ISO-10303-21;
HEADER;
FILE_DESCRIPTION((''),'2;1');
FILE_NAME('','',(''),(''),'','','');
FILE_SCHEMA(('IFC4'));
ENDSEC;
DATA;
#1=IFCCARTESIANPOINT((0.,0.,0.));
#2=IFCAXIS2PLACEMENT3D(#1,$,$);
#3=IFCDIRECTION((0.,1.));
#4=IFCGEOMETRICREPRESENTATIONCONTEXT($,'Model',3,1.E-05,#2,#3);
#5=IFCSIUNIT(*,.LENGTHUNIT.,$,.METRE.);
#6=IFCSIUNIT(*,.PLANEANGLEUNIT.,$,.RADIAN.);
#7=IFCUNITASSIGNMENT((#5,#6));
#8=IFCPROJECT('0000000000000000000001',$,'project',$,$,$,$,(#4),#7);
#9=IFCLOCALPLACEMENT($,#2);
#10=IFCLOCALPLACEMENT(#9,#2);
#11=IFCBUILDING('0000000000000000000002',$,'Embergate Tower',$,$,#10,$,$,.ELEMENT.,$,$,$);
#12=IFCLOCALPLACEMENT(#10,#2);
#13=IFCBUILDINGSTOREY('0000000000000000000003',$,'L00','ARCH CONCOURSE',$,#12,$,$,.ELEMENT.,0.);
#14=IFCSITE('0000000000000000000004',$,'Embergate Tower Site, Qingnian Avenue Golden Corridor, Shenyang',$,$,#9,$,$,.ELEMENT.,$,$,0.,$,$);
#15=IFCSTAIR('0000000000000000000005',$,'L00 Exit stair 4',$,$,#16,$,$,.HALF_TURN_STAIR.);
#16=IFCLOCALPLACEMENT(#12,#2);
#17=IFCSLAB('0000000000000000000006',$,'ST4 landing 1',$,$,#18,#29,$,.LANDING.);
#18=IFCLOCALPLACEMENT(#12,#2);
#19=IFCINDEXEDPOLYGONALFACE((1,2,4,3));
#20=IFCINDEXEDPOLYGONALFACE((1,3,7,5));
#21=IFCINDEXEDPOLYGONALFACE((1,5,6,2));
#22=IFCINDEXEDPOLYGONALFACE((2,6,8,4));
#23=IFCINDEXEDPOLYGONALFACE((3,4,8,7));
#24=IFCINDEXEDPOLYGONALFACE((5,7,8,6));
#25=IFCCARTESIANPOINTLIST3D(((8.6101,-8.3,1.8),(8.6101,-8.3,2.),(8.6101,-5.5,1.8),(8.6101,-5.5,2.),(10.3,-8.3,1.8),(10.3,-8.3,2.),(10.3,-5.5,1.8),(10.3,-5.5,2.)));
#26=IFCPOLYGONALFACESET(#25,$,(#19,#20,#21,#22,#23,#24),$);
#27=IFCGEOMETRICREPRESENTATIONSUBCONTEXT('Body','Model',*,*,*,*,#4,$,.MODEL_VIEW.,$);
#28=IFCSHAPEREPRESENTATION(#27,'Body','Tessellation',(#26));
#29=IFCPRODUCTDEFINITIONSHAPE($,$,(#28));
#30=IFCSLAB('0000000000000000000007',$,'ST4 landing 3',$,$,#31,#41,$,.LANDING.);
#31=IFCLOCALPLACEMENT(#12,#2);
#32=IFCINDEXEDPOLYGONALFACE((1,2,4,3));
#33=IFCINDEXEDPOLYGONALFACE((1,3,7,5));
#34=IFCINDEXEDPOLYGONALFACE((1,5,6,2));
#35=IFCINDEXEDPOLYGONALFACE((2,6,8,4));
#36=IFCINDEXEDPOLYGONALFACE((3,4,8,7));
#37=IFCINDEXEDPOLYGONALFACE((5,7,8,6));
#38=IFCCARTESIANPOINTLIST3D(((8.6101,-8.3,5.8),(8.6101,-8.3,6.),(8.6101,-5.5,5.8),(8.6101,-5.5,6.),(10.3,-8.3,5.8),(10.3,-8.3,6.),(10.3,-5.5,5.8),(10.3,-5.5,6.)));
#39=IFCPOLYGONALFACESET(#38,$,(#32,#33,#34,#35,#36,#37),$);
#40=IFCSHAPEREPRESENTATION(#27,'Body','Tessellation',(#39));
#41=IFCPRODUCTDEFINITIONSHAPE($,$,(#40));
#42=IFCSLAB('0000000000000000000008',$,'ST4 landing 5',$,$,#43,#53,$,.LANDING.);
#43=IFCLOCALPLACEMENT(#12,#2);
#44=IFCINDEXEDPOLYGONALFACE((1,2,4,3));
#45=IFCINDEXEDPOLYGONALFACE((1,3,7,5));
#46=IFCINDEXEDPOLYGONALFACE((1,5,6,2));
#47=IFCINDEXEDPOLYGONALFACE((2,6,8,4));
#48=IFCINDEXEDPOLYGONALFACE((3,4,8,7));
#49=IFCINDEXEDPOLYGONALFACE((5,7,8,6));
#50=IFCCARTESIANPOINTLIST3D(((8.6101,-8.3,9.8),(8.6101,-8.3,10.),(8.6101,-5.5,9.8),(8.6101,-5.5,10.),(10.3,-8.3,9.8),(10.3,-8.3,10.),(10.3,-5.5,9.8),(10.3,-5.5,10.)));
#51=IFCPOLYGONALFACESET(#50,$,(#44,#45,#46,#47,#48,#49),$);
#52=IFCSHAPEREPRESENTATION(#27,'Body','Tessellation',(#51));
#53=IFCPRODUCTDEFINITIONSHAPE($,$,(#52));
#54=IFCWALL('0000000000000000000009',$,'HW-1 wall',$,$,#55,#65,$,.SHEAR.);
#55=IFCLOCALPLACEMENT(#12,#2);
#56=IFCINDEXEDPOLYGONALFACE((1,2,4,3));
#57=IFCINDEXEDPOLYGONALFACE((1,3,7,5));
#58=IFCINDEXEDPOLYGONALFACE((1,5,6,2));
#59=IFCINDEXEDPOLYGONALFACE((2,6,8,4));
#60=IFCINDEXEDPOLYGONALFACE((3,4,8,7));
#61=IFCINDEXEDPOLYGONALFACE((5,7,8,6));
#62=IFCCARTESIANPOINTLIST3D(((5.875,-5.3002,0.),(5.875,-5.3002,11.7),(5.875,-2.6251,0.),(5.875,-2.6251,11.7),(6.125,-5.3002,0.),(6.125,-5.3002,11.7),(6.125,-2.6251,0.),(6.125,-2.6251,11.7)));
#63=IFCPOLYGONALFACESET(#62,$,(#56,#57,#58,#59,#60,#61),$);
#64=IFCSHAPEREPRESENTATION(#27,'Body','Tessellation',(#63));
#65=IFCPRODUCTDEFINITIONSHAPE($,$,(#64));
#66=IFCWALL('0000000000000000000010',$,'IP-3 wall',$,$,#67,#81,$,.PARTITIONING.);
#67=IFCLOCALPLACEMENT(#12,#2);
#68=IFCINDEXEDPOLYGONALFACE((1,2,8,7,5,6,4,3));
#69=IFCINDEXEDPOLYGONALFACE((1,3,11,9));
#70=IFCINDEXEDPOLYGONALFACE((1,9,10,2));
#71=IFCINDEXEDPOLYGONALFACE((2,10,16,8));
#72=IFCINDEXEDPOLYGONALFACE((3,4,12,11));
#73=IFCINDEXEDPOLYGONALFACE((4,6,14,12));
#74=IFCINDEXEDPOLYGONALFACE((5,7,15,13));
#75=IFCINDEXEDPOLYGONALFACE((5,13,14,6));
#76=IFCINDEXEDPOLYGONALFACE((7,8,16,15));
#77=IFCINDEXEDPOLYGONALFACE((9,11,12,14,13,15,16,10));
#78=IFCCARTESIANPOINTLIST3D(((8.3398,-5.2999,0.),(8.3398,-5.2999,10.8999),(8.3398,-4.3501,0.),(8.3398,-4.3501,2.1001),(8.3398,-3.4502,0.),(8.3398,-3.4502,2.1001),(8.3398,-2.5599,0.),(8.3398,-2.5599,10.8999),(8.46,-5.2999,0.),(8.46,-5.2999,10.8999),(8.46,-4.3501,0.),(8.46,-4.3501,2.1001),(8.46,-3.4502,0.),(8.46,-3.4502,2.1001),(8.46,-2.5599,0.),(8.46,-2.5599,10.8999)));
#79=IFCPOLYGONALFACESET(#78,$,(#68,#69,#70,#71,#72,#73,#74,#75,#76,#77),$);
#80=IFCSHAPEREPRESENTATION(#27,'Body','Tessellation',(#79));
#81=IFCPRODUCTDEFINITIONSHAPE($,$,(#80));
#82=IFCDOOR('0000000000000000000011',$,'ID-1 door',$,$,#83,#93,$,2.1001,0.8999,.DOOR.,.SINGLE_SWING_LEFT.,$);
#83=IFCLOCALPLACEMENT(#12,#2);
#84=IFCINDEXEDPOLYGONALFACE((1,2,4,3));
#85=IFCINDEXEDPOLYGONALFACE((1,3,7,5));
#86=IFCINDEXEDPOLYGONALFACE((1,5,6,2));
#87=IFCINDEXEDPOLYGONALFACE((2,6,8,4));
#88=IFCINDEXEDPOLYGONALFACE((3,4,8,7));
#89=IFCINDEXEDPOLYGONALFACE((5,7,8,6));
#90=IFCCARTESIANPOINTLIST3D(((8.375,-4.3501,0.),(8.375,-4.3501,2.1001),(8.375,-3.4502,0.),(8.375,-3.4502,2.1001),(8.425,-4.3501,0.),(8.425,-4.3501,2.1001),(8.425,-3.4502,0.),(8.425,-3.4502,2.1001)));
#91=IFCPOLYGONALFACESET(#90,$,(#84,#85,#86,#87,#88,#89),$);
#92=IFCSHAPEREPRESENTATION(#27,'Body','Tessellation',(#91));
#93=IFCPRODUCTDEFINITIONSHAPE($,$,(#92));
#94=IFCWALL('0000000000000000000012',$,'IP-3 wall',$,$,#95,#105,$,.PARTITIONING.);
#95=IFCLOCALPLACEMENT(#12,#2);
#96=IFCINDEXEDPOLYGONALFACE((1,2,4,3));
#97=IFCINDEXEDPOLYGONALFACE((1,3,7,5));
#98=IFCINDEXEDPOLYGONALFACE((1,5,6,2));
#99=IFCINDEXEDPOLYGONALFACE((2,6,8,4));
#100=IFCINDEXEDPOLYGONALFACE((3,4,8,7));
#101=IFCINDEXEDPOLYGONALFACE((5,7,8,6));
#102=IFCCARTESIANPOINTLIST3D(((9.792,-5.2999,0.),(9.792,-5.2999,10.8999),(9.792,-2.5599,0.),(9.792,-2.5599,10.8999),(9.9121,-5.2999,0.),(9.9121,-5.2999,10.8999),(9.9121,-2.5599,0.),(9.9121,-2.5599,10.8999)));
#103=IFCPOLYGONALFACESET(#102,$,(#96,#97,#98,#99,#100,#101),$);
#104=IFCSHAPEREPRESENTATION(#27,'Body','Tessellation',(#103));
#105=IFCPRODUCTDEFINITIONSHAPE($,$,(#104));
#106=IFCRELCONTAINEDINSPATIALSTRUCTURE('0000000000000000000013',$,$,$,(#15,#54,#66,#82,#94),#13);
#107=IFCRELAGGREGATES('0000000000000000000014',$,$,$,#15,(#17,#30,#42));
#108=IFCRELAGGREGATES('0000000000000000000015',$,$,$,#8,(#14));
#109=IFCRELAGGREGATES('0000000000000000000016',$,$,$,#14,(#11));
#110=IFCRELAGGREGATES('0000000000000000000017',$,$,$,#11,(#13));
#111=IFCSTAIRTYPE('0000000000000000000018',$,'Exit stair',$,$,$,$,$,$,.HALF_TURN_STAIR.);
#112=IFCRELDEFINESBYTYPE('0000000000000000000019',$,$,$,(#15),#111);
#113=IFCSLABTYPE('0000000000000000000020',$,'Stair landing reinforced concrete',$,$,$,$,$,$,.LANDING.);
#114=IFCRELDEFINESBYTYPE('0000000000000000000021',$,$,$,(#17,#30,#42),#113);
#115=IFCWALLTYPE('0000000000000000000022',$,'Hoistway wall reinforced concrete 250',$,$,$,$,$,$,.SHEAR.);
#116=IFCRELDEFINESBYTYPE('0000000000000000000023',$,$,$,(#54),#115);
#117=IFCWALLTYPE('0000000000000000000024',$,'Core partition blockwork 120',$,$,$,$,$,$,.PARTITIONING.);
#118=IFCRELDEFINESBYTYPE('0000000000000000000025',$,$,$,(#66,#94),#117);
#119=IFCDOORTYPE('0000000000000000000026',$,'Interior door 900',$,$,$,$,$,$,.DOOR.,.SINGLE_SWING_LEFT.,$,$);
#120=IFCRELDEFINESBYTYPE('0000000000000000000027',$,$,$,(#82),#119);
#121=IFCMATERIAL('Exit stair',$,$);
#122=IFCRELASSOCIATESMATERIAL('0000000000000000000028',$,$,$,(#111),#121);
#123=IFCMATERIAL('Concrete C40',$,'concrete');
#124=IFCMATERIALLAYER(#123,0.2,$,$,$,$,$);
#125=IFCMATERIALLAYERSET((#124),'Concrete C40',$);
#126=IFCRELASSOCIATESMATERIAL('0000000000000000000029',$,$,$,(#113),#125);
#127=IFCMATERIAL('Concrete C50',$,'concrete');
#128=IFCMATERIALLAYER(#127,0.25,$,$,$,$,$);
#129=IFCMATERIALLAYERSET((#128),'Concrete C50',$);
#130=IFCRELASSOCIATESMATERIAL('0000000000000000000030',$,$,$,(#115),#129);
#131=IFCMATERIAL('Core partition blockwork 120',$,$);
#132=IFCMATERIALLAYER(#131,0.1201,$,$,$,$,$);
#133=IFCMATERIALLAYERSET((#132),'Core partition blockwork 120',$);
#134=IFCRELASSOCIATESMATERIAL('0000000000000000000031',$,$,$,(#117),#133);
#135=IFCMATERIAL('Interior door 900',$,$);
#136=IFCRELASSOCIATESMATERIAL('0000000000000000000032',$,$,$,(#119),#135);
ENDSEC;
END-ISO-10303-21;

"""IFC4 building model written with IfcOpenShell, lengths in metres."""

from ifc_helpers import new_model, si_unit, direction, frame, frame_2d, origin, place, context, subcontext, project, spatial, polyline, rectangle, outline, extrude, source, transform, mapped, material, layer, layer_set, type_object, element, fill, aggregate, save


model = new_model("IFC4")

# Units and contexts
model_context = context("Model", 3, precision=1e-05, world=origin(), true_north=direction((0.0, 1.0)))
body_context = subcontext(model_context, "Body", "Model", "MODEL_VIEW")
ifc_project = project(units=[si_unit("LENGTHUNIT", "METRE"), si_unit("PLANEANGLEUNIT", "RADIAN")], contexts=[model_context])

# Site, building, storey
site_placement = place(None, origin())
site = spatial("IfcSite", under=ifc_project, at=site_placement, Name="Embergate Tower Site, Qingnian Avenue Golden Corridor, Shenyang", CompositionType="ELEMENT", RefElevation=0.0)
building_placement = place(site_placement, origin())
building = spatial("IfcBuilding", under=site, at=building_placement, Name="Embergate Tower", CompositionType="ELEMENT")
storey_placement = place(building_placement, origin())
storey = spatial("IfcBuildingStorey", under=building, at=storey_placement, Name="L00", Description="ARCH CONCOURSE", CompositionType="ELEMENT", Elevation=0.0)

# Stair, slabs
ifc_material_1 = material(Name="Exit stair")
stair_type = type_object("IfcStairType", Name="Exit stair", PredefinedType="HALF_TURN_STAIR", material=ifc_material_1)
stair_placement = place(storey_placement, origin())
stair = element("IfcStair", 1, at=stair_placement, inside=storey, type_object=stair_type, Name="L00 Exit stair 4", PredefinedType="HALF_TURN_STAIR")
ifc_material_2 = material(Name="Concrete C40", Category="concrete")
ifc_layer_1 = layer(ifc_material_2, 0.2)
ifc_layer_set_1 = layer_set([ifc_layer_1], Name="Concrete C40")
slab_type = type_object("IfcSlabType", Name="Stair landing reinforced concrete", PredefinedType="LANDING", material=ifc_layer_set_1)
shared_shape_1 = source(origin(), body_context, "Body", "SweptSolid", [
    extrude(outline(polyline([(0.0, 0.0), (1.6899, 0.0), (1.6899, 2.8), (0.0, 2.8), (0.0, 0.0)])), origin(), (0.0, 0.0, 1.0), 0.2),
])
slab_1_placement = place(storey_placement, frame((8.6101, -8.3, 1.8)))
slab_1 = element("IfcSlab", 2, at=slab_1_placement, type_object=slab_type, Name="ST4 landing 1", PredefinedType="LANDING", context=body_context, shape_type="MappedRepresentation", body=[
    mapped(shared_shape_1, transform((0.0, 0.0, 0.0))),
])
slab_2_placement = place(storey_placement, frame((8.6101, -8.3, 5.8)))
slab_2 = element("IfcSlab", 3, at=slab_2_placement, type_object=slab_type, Name="ST4 landing 3", PredefinedType="LANDING", context=body_context, shape_type="MappedRepresentation", body=[
    mapped(shared_shape_1, transform((0.0, 0.0, 0.0))),
])
slab_3_placement = place(storey_placement, frame((8.6101, -8.3, 9.8)))
slab_3 = element("IfcSlab", 4, at=slab_3_placement, type_object=slab_type, Name="ST4 landing 5", PredefinedType="LANDING", context=body_context, shape_type="MappedRepresentation", body=[
    mapped(shared_shape_1, transform((0.0, 0.0, 0.0))),
])

# Wall
ifc_material_3 = material(Name="Concrete C50", Category="concrete")
ifc_layer_2 = layer(ifc_material_3, 0.25)
ifc_layer_set_2 = layer_set([ifc_layer_2], Name="Concrete C50")
wall_type_1 = type_object("IfcWallType", Name="Hoistway wall reinforced concrete 250", PredefinedType="SHEAR", material=ifc_layer_set_2)
shared_shape_2 = source(origin(), body_context, "Body", "SweptSolid", [
    extrude(rectangle(XDim=2.675, YDim=0.25, at=frame_2d((1.3374, 0.0))), origin(), (0.0, 0.0, 1.0), 11.7),
])
wall_1_placement = place(storey_placement, frame((6.0, -5.3, 0.0), z_axis=(0.0, 0.0, 1.0), x_axis=(0.0, 1.0, 0.0)))
element("IfcWall", 5, at=wall_1_placement, inside=storey, type_object=wall_type_1, Name="HW-1 wall", PredefinedType="SHEAR", context=body_context, shape_type="MappedRepresentation", body=[
    mapped(shared_shape_2, transform((0.0, 0.0, 0.0))),
])

# Wall, opening, door
ifc_material_4 = material(Name="Core partition blockwork 120")
ifc_layer_3 = layer(ifc_material_4, 0.1201)
ifc_layer_set_3 = layer_set([ifc_layer_3], Name="Core partition blockwork 120")
wall_type_2 = type_object("IfcWallType", Name="Core partition blockwork 120", PredefinedType="PARTITIONING", material=ifc_layer_set_3)
shared_shape_3 = source(origin(), body_context, "Body", "SweptSolid", [
    extrude(rectangle(XDim=2.74, YDim=0.1201, at=frame_2d((1.3701, 0.0))), origin(), (0.0, 0.0, 1.0), 10.8999),
])
wall_2_placement = place(storey_placement, frame((8.3999, -5.3, 0.0), z_axis=(0.0, 0.0, 1.0), x_axis=(0.0, 1.0, 0.0)))
wall_2 = element("IfcWall", 6, at=wall_2_placement, inside=storey, type_object=wall_type_2, Name="IP-3 wall", PredefinedType="PARTITIONING", context=body_context, shape_type="MappedRepresentation", body=[
    mapped(shared_shape_3, transform((0.0, 0.0, 0.0))),
])
shared_shape_4 = source(origin(), body_context, "Body", "SweptSolid", [
    extrude(rectangle(XDim=0.8999, YDim=2.1001, at=frame_2d((0.45, 1.05))), frame((0.0, 0.0701, 0.0), z_axis=(0.0, -1.0, 0.0), x_axis=(1.0, 0.0, 0.0)), (0.0, 0.0, 1.0), 0.1401),
])
opening_1_placement = place(wall_2_placement, frame((0.95, 0.0, 0.0)))
opening_1 = element("IfcOpeningElement", 7, at=opening_1_placement, cuts=wall_2, PredefinedType="OPENING", context=body_context, shape_type="MappedRepresentation", body=[
    mapped(shared_shape_4, transform((0.0, 0.0, 0.0))),
])
ifc_material_5 = material(Name="Interior door 900")
door_type_1 = type_object("IfcDoorType", Name="Interior door 900", OperationType="SINGLE_SWING_LEFT", PredefinedType="DOOR", material=ifc_material_5)
shared_shape_5 = source(origin(), body_context, "Body", "SweptSolid", [
    extrude(rectangle(XDim=0.8999, YDim=2.1001, at=frame_2d((0.45, 1.05))), frame((0.0, 0.0249, 0.0), z_axis=(0.0, -1.0, 0.0), x_axis=(1.0, 0.0, 0.0)), (0.0, 0.0, 1.0), 0.05),
])
door_1_placement = place(opening_1_placement, origin())
door_1 = element("IfcDoor", 8, at=door_1_placement, inside=storey, type_object=door_type_1, Name="ID-1 door", OperationType="SINGLE_SWING_LEFT", OverallHeight=2.1001, OverallWidth=0.8999, PredefinedType="DOOR", context=body_context, shape_type="MappedRepresentation", body=[
    mapped(shared_shape_5, transform((0.0, 0.0, 0.0))),
])
fill(opening_1, door_1)

# Wall
wall_3_placement = place(storey_placement, frame((9.8521, -5.3, 0.0), z_axis=(0.0, 0.0, 1.0), x_axis=(0.0, 1.0, 0.0)))
element("IfcWall", 9, at=wall_3_placement, inside=storey, type_object=wall_type_2, Name="IP-3 wall", PredefinedType="PARTITIONING", context=body_context, shape_type="MappedRepresentation", body=[
    mapped(shared_shape_3, transform((0.0, 0.0, 0.0))),
])

aggregate(stair, [slab_1, slab_2, slab_3])

save(model, "model.ifc")
